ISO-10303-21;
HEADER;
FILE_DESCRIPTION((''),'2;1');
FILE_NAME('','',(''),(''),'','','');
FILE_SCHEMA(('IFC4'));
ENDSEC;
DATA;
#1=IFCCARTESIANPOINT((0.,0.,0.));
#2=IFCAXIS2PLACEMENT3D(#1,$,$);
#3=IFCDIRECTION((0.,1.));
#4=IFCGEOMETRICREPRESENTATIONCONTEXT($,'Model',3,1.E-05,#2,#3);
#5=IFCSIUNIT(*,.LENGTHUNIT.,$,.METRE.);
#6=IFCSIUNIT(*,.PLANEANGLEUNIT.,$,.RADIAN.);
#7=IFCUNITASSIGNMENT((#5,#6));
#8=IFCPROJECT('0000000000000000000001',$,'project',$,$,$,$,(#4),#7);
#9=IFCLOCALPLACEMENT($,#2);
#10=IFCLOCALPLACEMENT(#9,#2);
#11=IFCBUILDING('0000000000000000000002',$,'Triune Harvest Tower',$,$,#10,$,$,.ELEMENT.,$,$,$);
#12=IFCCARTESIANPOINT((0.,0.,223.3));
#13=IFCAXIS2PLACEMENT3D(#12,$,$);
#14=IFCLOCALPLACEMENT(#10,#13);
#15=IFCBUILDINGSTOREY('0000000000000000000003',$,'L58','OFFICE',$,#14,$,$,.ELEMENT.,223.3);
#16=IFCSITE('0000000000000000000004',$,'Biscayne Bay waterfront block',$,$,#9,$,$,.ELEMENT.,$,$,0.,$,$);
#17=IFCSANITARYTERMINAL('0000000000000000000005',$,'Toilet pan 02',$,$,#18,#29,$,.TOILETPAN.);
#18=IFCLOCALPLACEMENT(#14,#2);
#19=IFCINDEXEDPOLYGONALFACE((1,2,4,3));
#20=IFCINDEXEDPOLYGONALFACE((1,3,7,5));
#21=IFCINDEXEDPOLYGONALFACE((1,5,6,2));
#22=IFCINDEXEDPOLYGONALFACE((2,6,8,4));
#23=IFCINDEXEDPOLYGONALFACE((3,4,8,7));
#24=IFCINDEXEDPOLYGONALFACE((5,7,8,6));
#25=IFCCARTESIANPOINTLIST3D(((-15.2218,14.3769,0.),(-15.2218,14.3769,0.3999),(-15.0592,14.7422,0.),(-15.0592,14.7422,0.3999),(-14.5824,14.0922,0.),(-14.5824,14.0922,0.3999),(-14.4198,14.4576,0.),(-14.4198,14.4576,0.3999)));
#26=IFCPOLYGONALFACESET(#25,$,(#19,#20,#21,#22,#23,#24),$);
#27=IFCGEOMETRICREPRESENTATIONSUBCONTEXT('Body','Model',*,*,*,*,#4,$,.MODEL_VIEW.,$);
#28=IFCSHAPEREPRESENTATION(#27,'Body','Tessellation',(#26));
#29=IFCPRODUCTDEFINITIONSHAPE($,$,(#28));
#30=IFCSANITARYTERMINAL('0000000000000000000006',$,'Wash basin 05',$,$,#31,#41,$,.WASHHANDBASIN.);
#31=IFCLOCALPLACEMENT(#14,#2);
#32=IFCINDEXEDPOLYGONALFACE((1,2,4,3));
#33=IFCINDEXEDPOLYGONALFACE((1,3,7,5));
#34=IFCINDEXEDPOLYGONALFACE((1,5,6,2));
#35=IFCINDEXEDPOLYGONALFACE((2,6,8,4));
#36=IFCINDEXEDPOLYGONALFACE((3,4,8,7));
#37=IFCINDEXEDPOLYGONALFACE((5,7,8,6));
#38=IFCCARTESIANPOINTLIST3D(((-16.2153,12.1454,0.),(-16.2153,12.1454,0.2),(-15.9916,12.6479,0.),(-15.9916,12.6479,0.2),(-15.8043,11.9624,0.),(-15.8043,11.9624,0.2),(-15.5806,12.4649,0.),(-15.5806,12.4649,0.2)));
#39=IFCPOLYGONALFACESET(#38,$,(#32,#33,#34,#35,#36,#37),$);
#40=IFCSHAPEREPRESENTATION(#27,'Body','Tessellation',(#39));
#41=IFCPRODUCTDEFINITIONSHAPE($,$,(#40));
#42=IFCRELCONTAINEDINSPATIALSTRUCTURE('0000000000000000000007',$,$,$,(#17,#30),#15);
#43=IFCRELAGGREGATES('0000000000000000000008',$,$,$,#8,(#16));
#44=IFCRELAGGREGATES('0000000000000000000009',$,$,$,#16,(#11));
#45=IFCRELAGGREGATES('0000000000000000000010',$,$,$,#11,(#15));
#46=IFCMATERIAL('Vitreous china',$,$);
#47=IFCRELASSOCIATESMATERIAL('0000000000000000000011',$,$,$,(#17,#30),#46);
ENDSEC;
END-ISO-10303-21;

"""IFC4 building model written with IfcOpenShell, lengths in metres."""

from ifc_helpers import new_model, si_unit, direction, frame, origin, origin_2d, place, context, subcontext, project, spatial, rectangle, extrude, source, transform, mapped, material, element, save


model = new_model("IFC4")

# Units and contexts
model_context = context("Model", 3, precision=1e-05, world=origin(), true_north=direction((0.0, 1.0)))
body_context = subcontext(model_context, "Body", "Model", "MODEL_VIEW")
ifc_project = project(units=[si_unit("LENGTHUNIT", "METRE"), si_unit("PLANEANGLEUNIT", "RADIAN")], contexts=[model_context])

# Site, building, storey
site_placement = place(None, origin())
site = spatial("IfcSite", under=ifc_project, at=site_placement, Name="Biscayne Bay waterfront block", CompositionType="ELEMENT", RefElevation=0.0)
building_placement = place(site_placement, origin())
building = spatial("IfcBuilding", under=site, at=building_placement, Name="Triune Harvest Tower", CompositionType="ELEMENT")
storey_placement = place(building_placement, frame((0.0, 0.0, 223.3)))
storey = spatial("IfcBuildingStorey", under=building, at=storey_placement, Name="L58", Description="OFFICE", CompositionType="ELEMENT", Elevation=223.3)

# Sanitary terminals
ifc_material_1 = material(Name="Vitreous china")
shared_shape_1 = source(origin(), body_context, "Body", "SweptSolid", [
    extrude(rectangle(XDim=0.3999, YDim=0.7, at=origin_2d()), origin(), (0.0, 0.0, 1.0), 0.3999),
])
for number, where, z_axis, x_axis, name in (
    (1, (-14.8208, 14.4172, 0.0), (0.0, 0.0, 1.0), (0.406737, 0.913545, 0.0), "Toilet pan 02"),
):
    element("IfcSanitaryTerminal", number, at=place(storey_placement, frame(where, z_axis=z_axis, x_axis=x_axis)), inside=storey, material=ifc_material_1, Name=name, PredefinedType="TOILETPAN", context=body_context, shape_type="MappedRepresentation", body=[
        mapped(shared_shape_1, transform((0.0, 0.0, 0.0), scale=1.0)),
    ])
shared_shape_2 = source(origin(), body_context, "Body", "SweptSolid", [
    extrude(rectangle(XDim=0.55, YDim=0.45, at=origin_2d()), origin(), (0.0, 0.0, 1.0), 0.2),
])
sanitary_terminal_placement = place(storey_placement, frame((-15.8979, 12.3052, 0.0), z_axis=(0.0, 0.0, 1.0), x_axis=(0.406737, 0.913545, 0.0)))
element("IfcSanitaryTerminal", 2, at=sanitary_terminal_placement, inside=storey, material=ifc_material_1, Name="Wash basin 05", PredefinedType="WASHHANDBASIN", context=body_context, shape_type="MappedRepresentation", body=[
    mapped(shared_shape_2, transform((0.0, 0.0, 0.0), scale=1.0)),
])

save(model, "model.ifc")
